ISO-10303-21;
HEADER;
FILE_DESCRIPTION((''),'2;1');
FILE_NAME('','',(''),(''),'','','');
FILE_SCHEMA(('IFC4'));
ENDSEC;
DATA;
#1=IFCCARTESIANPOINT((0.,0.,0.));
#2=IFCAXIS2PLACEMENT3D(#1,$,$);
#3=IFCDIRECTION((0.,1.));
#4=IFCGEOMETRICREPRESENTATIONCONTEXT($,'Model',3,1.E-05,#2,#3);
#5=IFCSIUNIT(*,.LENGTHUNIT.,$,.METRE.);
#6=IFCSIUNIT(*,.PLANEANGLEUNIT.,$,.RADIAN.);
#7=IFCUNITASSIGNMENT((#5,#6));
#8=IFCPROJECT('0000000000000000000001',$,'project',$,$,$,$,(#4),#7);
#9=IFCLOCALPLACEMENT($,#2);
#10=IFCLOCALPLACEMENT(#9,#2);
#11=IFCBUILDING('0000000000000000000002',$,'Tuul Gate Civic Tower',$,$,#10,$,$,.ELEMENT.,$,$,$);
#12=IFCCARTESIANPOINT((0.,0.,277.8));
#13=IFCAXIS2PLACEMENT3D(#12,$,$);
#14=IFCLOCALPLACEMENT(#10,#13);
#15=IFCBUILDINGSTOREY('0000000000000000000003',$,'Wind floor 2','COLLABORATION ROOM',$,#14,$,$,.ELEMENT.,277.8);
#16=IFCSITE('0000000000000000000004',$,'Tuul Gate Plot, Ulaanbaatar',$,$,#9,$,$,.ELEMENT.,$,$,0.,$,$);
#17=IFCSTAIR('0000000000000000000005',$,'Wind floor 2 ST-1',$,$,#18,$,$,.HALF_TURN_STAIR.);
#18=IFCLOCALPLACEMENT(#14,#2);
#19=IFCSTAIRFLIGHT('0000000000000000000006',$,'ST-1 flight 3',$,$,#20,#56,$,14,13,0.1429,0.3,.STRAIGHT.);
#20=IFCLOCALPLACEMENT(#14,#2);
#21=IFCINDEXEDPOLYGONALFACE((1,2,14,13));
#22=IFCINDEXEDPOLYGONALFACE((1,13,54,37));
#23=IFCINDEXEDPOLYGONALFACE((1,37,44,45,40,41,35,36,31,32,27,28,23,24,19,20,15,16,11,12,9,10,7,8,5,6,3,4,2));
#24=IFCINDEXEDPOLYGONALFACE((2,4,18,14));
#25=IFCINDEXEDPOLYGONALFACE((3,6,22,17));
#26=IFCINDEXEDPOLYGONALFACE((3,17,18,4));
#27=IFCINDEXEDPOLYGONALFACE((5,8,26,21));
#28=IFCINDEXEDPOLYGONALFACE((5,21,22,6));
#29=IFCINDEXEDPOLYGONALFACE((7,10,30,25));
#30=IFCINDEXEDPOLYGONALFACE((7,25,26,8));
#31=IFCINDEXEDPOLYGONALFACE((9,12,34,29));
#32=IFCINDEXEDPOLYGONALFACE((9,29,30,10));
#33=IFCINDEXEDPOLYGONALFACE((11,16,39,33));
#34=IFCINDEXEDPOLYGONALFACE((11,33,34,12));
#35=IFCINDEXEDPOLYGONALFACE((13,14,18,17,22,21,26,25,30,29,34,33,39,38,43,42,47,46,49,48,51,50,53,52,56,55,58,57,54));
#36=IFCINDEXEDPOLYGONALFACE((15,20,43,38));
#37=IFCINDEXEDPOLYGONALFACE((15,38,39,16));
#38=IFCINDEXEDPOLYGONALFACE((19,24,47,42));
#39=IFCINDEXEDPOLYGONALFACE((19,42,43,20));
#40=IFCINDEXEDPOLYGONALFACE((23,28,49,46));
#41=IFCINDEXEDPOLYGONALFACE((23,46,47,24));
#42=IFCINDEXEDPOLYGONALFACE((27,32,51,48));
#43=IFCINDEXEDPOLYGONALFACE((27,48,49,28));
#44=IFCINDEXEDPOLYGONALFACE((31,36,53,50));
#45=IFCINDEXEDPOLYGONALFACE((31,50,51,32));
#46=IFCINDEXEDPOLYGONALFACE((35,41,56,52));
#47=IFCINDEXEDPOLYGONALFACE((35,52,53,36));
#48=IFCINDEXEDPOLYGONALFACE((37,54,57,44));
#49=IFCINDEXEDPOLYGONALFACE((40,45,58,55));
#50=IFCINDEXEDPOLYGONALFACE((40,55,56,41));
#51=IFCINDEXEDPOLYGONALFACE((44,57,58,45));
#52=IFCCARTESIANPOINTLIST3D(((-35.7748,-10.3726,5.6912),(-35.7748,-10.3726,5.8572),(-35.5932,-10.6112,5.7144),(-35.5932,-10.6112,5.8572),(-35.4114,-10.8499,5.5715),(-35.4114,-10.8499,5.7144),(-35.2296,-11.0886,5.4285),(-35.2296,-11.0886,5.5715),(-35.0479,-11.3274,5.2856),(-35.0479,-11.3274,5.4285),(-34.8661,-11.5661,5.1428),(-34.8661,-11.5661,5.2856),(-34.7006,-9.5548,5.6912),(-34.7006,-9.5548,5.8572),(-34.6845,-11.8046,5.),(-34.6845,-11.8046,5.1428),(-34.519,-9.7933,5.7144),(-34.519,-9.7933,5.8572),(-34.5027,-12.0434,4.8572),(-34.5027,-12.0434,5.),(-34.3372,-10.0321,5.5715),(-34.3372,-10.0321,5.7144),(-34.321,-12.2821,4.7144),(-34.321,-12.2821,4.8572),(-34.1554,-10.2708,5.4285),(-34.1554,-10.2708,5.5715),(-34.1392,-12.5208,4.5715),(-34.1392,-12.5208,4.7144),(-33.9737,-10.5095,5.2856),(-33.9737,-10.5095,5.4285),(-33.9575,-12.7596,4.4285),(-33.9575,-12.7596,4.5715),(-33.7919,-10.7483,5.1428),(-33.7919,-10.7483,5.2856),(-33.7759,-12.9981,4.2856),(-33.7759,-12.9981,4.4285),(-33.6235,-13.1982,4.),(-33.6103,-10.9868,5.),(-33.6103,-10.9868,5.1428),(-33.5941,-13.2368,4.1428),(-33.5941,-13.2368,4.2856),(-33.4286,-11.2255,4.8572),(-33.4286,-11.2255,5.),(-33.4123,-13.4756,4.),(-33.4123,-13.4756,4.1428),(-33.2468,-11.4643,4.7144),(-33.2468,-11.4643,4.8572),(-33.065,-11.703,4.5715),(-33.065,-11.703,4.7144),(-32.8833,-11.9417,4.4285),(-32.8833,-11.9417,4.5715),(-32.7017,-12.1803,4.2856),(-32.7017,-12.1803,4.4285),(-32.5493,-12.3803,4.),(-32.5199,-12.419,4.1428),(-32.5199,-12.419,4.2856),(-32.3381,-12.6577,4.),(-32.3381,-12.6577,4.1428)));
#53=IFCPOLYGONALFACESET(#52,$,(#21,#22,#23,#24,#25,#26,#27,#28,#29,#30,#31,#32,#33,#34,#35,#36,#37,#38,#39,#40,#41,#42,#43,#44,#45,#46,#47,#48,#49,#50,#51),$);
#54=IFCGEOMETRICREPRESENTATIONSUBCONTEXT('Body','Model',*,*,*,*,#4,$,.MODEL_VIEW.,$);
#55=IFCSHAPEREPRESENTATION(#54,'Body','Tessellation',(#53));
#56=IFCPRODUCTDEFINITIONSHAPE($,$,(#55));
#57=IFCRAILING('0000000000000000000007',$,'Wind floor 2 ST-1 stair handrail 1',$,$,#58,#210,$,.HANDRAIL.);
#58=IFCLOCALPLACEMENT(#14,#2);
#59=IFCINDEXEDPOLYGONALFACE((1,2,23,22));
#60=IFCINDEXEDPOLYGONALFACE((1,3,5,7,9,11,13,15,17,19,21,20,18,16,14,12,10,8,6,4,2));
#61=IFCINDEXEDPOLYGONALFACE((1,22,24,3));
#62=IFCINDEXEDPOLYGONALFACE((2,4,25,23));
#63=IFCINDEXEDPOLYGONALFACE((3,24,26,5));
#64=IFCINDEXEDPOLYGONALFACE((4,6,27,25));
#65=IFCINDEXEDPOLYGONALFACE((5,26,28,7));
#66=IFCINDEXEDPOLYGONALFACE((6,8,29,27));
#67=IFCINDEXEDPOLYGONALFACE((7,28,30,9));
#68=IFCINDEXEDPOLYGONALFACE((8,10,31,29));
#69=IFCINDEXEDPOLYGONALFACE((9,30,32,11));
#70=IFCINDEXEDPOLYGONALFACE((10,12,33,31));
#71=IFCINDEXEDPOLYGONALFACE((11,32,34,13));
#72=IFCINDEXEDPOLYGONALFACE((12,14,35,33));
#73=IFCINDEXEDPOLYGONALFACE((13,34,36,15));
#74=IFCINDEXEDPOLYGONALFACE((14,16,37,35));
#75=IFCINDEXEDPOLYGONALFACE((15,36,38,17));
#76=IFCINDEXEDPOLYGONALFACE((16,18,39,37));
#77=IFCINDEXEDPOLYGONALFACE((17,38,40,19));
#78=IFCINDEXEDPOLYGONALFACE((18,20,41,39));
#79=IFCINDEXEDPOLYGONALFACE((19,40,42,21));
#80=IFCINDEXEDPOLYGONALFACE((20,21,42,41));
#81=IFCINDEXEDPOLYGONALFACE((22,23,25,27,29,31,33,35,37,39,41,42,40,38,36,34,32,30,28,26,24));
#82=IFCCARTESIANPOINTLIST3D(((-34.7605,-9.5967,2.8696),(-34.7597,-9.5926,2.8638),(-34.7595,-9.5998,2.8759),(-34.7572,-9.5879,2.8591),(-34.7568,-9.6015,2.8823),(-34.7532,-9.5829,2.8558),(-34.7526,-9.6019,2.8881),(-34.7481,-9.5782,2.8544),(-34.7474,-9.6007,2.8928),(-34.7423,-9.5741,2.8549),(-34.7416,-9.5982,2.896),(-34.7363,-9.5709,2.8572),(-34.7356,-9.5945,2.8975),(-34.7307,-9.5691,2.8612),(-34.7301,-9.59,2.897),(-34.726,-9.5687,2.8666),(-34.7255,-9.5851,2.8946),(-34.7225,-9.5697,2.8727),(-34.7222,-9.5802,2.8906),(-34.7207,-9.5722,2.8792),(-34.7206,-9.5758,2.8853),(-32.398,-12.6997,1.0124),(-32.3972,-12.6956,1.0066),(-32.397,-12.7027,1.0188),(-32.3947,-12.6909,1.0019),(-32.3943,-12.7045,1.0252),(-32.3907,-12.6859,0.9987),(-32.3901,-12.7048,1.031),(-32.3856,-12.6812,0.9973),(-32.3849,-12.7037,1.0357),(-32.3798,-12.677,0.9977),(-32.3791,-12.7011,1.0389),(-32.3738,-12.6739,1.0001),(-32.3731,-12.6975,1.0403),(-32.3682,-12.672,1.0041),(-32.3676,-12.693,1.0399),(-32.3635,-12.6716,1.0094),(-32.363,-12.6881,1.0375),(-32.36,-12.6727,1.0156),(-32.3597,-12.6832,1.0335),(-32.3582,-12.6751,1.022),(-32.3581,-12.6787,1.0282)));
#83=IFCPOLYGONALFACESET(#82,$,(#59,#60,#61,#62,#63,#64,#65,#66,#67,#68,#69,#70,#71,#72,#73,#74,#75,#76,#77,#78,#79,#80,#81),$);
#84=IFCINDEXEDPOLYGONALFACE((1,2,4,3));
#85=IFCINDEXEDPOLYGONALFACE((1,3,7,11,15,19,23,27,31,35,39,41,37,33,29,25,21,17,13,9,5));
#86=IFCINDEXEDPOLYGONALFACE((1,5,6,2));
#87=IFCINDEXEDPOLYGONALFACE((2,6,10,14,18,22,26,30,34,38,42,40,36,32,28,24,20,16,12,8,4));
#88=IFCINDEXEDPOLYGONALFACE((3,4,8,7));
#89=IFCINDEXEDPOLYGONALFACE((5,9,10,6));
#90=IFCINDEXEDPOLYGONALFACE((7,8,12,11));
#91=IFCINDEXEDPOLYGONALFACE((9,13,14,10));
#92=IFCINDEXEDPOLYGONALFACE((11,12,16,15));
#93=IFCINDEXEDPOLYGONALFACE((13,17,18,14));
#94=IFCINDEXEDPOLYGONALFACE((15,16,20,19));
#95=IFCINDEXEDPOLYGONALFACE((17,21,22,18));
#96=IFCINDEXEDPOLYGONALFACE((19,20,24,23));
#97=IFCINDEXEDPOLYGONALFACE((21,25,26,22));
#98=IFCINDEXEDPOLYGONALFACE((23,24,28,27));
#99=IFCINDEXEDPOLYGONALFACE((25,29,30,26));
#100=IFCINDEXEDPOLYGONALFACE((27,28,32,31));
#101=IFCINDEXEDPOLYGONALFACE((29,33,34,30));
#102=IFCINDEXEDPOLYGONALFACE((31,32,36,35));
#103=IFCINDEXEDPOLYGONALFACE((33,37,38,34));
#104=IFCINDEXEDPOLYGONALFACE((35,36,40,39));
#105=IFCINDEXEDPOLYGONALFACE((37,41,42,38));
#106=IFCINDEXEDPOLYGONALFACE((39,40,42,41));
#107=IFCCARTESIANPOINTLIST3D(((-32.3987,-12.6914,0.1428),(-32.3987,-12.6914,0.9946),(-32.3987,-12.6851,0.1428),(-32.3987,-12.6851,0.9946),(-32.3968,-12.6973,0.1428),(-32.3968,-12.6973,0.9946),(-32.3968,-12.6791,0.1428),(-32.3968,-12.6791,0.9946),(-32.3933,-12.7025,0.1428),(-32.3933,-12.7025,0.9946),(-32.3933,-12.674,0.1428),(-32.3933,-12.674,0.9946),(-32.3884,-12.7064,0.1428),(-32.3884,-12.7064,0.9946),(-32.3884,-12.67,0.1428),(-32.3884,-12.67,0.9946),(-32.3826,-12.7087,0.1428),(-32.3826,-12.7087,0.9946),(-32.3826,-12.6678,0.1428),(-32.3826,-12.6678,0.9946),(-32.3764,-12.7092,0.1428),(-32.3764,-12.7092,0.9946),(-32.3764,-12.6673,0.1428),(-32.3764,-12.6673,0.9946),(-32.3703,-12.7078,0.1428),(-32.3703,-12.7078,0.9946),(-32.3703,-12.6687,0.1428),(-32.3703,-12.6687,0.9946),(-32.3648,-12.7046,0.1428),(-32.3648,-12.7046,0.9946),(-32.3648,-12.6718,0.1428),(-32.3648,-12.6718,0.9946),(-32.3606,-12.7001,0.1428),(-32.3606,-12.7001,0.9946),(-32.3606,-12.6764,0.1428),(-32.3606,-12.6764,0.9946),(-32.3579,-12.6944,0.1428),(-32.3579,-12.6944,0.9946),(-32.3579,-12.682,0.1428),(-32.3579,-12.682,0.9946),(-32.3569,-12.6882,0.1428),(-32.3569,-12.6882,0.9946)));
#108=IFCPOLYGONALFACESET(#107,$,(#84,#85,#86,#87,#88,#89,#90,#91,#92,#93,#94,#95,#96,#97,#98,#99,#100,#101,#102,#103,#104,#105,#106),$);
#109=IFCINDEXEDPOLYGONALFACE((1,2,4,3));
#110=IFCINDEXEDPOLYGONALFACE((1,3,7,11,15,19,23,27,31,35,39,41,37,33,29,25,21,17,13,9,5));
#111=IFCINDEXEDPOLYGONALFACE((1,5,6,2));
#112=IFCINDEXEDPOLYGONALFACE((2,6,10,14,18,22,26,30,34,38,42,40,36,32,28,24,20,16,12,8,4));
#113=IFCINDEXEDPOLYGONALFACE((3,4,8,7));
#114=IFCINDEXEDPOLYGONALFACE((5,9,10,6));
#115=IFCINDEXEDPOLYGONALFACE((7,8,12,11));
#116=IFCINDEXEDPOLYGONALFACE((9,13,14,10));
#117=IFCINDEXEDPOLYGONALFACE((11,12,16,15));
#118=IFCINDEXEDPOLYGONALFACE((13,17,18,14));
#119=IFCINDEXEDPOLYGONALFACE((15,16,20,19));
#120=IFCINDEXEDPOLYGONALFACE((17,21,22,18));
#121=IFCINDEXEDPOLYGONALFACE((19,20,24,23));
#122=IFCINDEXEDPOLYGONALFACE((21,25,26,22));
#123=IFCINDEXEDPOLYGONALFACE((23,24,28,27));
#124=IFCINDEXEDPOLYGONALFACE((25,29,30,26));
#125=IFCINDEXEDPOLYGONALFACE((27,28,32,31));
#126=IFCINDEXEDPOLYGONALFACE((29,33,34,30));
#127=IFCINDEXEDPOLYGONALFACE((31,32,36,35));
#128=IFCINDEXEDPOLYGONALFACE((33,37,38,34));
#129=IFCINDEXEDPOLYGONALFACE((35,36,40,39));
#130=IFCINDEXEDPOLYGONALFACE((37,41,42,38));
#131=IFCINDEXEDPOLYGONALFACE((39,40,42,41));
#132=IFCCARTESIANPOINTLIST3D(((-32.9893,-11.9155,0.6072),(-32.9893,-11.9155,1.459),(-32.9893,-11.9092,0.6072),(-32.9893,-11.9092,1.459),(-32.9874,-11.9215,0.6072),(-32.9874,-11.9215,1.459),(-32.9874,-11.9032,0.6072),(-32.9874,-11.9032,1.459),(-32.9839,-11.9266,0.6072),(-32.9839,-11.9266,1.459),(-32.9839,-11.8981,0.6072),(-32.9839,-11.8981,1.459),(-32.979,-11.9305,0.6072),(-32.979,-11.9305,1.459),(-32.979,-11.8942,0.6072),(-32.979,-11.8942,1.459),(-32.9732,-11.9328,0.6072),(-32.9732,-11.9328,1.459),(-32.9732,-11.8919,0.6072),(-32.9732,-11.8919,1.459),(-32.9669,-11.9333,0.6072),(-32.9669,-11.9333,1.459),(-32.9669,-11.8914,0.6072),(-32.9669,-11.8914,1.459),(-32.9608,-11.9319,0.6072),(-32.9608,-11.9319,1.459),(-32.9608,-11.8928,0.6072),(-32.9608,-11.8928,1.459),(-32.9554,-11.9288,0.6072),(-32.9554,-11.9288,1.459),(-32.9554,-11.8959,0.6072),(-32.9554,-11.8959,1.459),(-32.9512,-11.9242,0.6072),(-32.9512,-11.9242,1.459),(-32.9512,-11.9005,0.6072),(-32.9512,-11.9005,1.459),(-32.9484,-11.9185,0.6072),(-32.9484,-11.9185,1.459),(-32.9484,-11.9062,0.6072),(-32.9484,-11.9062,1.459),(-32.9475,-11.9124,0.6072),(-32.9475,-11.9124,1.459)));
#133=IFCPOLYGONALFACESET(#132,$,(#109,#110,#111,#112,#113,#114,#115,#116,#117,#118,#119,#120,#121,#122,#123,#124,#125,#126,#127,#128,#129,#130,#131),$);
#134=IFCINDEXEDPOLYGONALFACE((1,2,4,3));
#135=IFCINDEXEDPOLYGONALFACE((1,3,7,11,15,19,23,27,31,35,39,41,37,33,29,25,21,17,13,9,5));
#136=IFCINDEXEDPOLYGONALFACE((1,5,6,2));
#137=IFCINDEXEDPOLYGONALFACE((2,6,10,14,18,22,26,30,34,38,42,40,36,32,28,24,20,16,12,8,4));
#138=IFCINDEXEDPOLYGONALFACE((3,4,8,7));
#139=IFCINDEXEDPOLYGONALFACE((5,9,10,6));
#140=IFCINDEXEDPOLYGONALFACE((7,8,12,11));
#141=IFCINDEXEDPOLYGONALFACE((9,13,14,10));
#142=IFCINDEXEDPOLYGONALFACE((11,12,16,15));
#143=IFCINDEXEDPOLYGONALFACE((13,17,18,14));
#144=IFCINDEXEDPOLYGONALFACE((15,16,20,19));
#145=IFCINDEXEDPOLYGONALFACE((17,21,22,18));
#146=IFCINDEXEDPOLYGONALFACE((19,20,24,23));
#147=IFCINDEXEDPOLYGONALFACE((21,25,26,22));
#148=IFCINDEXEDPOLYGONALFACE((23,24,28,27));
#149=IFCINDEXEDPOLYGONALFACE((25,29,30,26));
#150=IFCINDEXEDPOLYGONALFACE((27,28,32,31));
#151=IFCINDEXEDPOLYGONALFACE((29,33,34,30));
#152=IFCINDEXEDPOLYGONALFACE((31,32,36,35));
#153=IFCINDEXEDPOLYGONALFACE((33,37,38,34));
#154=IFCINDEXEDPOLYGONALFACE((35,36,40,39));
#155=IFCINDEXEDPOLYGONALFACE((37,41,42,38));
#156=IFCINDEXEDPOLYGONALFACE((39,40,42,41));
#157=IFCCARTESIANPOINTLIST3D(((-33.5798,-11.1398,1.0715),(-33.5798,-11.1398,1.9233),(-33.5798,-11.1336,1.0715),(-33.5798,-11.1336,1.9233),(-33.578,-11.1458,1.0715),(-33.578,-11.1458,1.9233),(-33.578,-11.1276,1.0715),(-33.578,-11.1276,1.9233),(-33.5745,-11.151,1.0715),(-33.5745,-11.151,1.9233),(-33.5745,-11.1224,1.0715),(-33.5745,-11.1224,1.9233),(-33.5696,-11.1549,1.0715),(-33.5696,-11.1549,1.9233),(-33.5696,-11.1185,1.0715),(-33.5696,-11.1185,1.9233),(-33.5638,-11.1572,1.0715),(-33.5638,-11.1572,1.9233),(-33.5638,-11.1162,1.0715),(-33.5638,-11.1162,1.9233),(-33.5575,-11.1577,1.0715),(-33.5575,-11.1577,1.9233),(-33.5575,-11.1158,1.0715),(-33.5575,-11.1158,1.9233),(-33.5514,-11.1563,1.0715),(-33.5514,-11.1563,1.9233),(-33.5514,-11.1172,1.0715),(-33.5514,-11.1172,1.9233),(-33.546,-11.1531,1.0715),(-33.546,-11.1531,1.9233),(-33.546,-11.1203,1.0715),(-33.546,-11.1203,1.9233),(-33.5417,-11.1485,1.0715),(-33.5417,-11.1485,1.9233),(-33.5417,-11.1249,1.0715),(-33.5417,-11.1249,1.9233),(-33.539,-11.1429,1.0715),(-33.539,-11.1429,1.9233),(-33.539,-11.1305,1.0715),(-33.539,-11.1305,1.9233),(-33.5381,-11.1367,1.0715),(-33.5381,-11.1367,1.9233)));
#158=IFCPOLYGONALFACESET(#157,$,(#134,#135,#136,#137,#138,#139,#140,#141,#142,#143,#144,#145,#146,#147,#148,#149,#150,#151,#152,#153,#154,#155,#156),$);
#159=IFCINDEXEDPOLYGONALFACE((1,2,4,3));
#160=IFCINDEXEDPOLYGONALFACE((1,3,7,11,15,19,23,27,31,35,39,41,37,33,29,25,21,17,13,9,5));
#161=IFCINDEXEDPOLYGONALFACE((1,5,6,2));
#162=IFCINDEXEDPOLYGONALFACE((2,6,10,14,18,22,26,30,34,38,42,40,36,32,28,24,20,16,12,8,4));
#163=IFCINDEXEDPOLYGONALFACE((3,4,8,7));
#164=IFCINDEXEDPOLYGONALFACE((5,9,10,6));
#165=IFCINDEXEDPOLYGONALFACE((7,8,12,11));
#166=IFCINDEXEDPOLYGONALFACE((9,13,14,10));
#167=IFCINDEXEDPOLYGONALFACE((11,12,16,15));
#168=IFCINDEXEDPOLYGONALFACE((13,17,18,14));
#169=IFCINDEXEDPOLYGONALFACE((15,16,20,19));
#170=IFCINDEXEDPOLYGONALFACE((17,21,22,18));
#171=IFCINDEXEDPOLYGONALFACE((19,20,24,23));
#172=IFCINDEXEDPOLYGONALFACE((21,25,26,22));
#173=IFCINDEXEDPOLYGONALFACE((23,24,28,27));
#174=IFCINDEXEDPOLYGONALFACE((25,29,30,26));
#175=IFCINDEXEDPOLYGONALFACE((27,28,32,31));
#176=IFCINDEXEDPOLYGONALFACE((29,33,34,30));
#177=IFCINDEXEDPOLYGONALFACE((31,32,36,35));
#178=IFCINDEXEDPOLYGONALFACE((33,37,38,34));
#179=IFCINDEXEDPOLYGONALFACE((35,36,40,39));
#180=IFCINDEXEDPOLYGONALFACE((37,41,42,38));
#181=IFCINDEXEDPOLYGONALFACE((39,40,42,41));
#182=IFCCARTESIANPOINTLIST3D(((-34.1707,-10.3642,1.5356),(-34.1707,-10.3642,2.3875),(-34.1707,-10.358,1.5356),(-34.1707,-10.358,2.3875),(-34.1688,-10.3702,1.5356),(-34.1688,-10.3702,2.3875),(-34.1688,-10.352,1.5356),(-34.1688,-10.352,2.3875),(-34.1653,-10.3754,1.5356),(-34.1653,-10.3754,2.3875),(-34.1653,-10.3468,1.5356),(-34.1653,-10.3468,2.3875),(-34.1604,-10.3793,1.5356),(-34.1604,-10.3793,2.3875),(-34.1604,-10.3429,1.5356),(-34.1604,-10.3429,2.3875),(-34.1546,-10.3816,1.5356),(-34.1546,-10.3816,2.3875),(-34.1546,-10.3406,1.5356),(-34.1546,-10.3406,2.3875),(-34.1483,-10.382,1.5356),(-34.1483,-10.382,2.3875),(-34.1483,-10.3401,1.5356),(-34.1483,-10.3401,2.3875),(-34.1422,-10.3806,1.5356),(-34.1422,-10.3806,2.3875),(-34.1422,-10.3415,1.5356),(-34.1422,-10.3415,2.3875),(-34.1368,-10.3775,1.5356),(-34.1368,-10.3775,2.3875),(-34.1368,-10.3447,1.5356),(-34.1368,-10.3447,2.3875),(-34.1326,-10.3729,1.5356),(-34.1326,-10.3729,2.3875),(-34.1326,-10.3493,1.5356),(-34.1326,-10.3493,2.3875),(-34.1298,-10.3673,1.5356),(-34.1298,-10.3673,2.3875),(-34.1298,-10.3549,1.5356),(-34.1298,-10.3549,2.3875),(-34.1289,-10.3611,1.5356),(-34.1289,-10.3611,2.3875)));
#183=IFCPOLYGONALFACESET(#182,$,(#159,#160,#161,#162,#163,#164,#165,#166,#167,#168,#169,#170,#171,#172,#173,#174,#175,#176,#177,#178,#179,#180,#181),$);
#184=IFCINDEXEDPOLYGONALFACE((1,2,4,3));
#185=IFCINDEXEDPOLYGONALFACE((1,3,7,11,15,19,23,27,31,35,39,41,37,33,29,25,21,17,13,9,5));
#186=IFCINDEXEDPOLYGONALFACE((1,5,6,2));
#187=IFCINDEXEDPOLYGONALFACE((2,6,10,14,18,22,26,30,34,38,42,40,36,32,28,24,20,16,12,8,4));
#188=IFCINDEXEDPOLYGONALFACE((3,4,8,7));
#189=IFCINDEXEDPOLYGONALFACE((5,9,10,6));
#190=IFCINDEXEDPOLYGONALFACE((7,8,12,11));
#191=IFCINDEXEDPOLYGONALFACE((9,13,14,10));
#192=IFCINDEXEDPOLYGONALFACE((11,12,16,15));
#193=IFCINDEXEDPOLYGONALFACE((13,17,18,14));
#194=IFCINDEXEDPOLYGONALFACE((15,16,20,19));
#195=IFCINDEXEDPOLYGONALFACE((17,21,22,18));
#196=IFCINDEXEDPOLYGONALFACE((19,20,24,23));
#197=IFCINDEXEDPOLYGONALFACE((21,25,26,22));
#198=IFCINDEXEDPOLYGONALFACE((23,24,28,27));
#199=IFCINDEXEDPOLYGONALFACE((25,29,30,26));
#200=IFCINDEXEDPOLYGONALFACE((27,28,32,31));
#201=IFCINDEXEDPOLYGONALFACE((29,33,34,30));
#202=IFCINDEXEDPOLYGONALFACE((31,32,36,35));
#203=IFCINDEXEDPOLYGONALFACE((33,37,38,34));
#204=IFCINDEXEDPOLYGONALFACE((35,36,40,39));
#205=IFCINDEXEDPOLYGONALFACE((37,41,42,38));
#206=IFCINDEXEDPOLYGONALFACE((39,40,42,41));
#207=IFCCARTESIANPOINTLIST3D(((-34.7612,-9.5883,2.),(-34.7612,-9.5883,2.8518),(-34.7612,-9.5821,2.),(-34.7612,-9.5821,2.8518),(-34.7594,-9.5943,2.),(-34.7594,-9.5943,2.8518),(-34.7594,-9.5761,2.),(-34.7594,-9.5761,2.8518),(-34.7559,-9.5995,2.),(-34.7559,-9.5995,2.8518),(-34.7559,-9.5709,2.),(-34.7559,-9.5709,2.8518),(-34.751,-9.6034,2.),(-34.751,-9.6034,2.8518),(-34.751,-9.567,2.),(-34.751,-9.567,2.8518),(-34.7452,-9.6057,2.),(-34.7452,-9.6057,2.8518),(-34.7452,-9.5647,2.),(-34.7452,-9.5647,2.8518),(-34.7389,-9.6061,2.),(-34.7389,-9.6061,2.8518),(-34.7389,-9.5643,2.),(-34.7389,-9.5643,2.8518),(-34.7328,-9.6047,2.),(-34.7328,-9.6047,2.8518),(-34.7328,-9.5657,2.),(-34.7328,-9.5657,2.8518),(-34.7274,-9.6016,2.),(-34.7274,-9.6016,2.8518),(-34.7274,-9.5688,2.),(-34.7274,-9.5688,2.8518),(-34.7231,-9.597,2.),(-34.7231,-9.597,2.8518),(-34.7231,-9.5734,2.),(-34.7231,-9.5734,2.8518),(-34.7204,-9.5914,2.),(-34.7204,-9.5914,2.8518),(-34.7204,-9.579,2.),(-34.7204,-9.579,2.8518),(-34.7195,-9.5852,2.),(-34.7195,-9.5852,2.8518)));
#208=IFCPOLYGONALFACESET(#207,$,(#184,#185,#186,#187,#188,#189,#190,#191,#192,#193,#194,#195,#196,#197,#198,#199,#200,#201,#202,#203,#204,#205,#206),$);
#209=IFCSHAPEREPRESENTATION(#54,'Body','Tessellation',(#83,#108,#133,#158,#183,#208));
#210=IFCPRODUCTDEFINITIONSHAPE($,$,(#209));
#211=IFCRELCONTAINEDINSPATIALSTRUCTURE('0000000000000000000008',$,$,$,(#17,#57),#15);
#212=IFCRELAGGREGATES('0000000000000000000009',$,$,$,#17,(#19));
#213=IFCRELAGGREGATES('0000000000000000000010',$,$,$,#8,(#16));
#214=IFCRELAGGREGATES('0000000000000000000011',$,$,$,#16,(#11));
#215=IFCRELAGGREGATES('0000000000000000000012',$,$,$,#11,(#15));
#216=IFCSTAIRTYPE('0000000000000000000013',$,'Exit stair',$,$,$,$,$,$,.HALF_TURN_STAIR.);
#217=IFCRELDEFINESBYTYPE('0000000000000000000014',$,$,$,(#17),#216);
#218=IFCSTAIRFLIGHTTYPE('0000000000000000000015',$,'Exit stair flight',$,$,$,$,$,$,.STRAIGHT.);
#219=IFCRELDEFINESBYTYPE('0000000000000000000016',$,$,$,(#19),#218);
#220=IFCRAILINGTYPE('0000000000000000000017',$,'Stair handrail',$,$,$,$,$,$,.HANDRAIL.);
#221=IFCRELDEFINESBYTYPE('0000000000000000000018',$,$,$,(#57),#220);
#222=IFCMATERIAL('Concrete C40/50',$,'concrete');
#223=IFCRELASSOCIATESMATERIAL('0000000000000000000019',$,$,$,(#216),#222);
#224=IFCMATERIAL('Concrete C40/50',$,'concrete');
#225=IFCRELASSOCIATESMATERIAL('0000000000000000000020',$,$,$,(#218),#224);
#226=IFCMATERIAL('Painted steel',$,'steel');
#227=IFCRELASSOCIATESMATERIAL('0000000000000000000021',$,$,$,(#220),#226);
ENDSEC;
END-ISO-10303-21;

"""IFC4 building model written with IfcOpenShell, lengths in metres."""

from ifc_helpers import new_model, si_unit, direction, frame, origin, origin_2d, place, context, subcontext, project, spatial, polyline, circle, outline, extrude, material, type_object, element, aggregate, save


model = new_model("IFC4")

# Units and contexts
model_context = context("Model", 3, precision=1e-05, world=origin(), true_north=direction((0.0, 1.0)))
body_context = subcontext(model_context, "Body", "Model", "MODEL_VIEW")
ifc_project = project(units=[si_unit("LENGTHUNIT", "METRE"), si_unit("PLANEANGLEUNIT", "RADIAN")], contexts=[model_context])

# Site, building, storey
site_placement = place(None, origin())
site = spatial("IfcSite", under=ifc_project, at=site_placement, Name="Tuul Gate Plot, Ulaanbaatar", CompositionType="ELEMENT", RefElevation=0.0)
building_placement = place(site_placement, origin())
building = spatial("IfcBuilding", under=site, at=building_placement, Name="Tuul Gate Civic Tower", CompositionType="ELEMENT")
storey_placement = place(building_placement, frame((0.0, 0.0, 277.8)))
storey = spatial("IfcBuildingStorey", under=building, at=storey_placement, Name="Wind floor 2", Description="COLLABORATION ROOM", CompositionType="ELEMENT", Elevation=277.8)

# Stair, stair flight
ifc_material_1 = material(Name="Concrete C40/50", Category="concrete")
stair_type = type_object("IfcStairType", Name="Exit stair", PredefinedType="HALF_TURN_STAIR", material=ifc_material_1)
stair_placement = place(storey_placement, origin())
stair = element("IfcStair", 1, at=stair_placement, inside=storey, type_object=stair_type, Name="Wind floor 2 ST-1", PredefinedType="HALF_TURN_STAIR")
ifc_material_2 = material(Name="Concrete C40/50", Category="concrete")
stair_flight_type = type_object("IfcStairFlightType", Name="Exit stair flight", PredefinedType="STRAIGHT", material=ifc_material_2)
stair_flight_1_placement = place(storey_placement, frame((-32.8752, -13.0667, 4.0), z_axis=(0.0, 0.0, 1.0), x_axis=(-0.605764, 0.795644, 0.0)))
stair_flight_1 = element("IfcStairFlight", 2, at=stair_flight_1_placement, type_object=stair_flight_type, Name="ST-1 flight 3", NumberOfRisers=14, NumberOfTreads=13, PredefinedType="STRAIGHT", RiserHeight=0.1429, TreadLength=0.3, context=body_context, shape_type="SweptSolid", body=[
    extrude(outline(polyline([(0.0, 0.0), (0.0, 0.1428), (0.3, 0.1428), (0.3, 0.2856), (0.6001, 0.2856), (0.6001, 0.4285), (0.8999, 0.4285), (0.8999, 0.5715), (1.2, 0.5715), (1.2, 0.7144), (1.5, 0.7144), (1.5, 0.8572), (1.8, 0.8572), (1.8, 1.0), (2.1001, 1.0), (2.1001, 1.1428), (2.3999, 1.1428), (2.3999, 1.2856), (2.7, 1.2856), (2.7, 1.4285), (3.0, 1.4285), (3.0, 1.5715), (3.3, 1.5715), (3.3, 1.7144), (3.6001, 1.7144), (3.6001, 1.8572), (3.8999, 1.8572), (3.8999, 2.0), (3.8999, 1.6912), (0.3486, 0.0), (0.0, 0.0)])), frame((0.0, 0.675, 0.0), z_axis=(0.0, -1.0, 0.0), x_axis=(1.0, 0.0, 0.0)), (0.0, 0.0, 1.0), 1.3501),
])
aggregate(stair, [stair_flight_1])

# Railing
ifc_material_3 = material(Name="Painted steel", Category="steel")
railing_type_1 = type_object("IfcRailingType", Name="Stair handrail", PredefinedType="HANDRAIL", material=ifc_material_3)
for number, where, name in (
    (3, (-32.3779, -12.6882, 0.1428), "Wind floor 2 ST-1 stair handrail 1"),
):
    element("IfcRailing", number, at=place(storey_placement, frame(where)), inside=storey, type_object=railing_type_1, Name=name, PredefinedType="HANDRAIL", context=body_context, shape_type="SweptSolid", body=[
        extrude(circle(Radius=0.0239, at=origin_2d()), frame((0.0, 0.0, 0.876), z_axis=(-0.546928, 0.718349, 0.429935), x_axis=(-0.795637, -0.605773, 0.0)), (0.0, 0.0, 1.0), 4.3196),
        extrude(circle(Radius=0.021, at=origin_2d()), origin(), (0.0, 0.0, 1.0), 0.8518),
        extrude(circle(Radius=0.021, at=origin_2d()), frame((-0.5906, 0.7759, 0.4644)), (0.0, 0.0, 1.0), 0.8518),
        extrude(circle(Radius=0.021, at=origin_2d()), frame((-1.1812, 1.5515, 0.9287)), (0.0, 0.0, 1.0), 0.8518),
        extrude(circle(Radius=0.021, at=origin_2d()), frame((-1.772, 2.3271, 1.3928)), (0.0, 0.0, 1.0), 0.8518),
        extrude(circle(Radius=0.021, at=origin_2d()), frame((-2.3625, 3.103, 1.8572)), (0.0, 0.0, 1.0), 0.8518),
    ])

save(model, "model.ifc")
